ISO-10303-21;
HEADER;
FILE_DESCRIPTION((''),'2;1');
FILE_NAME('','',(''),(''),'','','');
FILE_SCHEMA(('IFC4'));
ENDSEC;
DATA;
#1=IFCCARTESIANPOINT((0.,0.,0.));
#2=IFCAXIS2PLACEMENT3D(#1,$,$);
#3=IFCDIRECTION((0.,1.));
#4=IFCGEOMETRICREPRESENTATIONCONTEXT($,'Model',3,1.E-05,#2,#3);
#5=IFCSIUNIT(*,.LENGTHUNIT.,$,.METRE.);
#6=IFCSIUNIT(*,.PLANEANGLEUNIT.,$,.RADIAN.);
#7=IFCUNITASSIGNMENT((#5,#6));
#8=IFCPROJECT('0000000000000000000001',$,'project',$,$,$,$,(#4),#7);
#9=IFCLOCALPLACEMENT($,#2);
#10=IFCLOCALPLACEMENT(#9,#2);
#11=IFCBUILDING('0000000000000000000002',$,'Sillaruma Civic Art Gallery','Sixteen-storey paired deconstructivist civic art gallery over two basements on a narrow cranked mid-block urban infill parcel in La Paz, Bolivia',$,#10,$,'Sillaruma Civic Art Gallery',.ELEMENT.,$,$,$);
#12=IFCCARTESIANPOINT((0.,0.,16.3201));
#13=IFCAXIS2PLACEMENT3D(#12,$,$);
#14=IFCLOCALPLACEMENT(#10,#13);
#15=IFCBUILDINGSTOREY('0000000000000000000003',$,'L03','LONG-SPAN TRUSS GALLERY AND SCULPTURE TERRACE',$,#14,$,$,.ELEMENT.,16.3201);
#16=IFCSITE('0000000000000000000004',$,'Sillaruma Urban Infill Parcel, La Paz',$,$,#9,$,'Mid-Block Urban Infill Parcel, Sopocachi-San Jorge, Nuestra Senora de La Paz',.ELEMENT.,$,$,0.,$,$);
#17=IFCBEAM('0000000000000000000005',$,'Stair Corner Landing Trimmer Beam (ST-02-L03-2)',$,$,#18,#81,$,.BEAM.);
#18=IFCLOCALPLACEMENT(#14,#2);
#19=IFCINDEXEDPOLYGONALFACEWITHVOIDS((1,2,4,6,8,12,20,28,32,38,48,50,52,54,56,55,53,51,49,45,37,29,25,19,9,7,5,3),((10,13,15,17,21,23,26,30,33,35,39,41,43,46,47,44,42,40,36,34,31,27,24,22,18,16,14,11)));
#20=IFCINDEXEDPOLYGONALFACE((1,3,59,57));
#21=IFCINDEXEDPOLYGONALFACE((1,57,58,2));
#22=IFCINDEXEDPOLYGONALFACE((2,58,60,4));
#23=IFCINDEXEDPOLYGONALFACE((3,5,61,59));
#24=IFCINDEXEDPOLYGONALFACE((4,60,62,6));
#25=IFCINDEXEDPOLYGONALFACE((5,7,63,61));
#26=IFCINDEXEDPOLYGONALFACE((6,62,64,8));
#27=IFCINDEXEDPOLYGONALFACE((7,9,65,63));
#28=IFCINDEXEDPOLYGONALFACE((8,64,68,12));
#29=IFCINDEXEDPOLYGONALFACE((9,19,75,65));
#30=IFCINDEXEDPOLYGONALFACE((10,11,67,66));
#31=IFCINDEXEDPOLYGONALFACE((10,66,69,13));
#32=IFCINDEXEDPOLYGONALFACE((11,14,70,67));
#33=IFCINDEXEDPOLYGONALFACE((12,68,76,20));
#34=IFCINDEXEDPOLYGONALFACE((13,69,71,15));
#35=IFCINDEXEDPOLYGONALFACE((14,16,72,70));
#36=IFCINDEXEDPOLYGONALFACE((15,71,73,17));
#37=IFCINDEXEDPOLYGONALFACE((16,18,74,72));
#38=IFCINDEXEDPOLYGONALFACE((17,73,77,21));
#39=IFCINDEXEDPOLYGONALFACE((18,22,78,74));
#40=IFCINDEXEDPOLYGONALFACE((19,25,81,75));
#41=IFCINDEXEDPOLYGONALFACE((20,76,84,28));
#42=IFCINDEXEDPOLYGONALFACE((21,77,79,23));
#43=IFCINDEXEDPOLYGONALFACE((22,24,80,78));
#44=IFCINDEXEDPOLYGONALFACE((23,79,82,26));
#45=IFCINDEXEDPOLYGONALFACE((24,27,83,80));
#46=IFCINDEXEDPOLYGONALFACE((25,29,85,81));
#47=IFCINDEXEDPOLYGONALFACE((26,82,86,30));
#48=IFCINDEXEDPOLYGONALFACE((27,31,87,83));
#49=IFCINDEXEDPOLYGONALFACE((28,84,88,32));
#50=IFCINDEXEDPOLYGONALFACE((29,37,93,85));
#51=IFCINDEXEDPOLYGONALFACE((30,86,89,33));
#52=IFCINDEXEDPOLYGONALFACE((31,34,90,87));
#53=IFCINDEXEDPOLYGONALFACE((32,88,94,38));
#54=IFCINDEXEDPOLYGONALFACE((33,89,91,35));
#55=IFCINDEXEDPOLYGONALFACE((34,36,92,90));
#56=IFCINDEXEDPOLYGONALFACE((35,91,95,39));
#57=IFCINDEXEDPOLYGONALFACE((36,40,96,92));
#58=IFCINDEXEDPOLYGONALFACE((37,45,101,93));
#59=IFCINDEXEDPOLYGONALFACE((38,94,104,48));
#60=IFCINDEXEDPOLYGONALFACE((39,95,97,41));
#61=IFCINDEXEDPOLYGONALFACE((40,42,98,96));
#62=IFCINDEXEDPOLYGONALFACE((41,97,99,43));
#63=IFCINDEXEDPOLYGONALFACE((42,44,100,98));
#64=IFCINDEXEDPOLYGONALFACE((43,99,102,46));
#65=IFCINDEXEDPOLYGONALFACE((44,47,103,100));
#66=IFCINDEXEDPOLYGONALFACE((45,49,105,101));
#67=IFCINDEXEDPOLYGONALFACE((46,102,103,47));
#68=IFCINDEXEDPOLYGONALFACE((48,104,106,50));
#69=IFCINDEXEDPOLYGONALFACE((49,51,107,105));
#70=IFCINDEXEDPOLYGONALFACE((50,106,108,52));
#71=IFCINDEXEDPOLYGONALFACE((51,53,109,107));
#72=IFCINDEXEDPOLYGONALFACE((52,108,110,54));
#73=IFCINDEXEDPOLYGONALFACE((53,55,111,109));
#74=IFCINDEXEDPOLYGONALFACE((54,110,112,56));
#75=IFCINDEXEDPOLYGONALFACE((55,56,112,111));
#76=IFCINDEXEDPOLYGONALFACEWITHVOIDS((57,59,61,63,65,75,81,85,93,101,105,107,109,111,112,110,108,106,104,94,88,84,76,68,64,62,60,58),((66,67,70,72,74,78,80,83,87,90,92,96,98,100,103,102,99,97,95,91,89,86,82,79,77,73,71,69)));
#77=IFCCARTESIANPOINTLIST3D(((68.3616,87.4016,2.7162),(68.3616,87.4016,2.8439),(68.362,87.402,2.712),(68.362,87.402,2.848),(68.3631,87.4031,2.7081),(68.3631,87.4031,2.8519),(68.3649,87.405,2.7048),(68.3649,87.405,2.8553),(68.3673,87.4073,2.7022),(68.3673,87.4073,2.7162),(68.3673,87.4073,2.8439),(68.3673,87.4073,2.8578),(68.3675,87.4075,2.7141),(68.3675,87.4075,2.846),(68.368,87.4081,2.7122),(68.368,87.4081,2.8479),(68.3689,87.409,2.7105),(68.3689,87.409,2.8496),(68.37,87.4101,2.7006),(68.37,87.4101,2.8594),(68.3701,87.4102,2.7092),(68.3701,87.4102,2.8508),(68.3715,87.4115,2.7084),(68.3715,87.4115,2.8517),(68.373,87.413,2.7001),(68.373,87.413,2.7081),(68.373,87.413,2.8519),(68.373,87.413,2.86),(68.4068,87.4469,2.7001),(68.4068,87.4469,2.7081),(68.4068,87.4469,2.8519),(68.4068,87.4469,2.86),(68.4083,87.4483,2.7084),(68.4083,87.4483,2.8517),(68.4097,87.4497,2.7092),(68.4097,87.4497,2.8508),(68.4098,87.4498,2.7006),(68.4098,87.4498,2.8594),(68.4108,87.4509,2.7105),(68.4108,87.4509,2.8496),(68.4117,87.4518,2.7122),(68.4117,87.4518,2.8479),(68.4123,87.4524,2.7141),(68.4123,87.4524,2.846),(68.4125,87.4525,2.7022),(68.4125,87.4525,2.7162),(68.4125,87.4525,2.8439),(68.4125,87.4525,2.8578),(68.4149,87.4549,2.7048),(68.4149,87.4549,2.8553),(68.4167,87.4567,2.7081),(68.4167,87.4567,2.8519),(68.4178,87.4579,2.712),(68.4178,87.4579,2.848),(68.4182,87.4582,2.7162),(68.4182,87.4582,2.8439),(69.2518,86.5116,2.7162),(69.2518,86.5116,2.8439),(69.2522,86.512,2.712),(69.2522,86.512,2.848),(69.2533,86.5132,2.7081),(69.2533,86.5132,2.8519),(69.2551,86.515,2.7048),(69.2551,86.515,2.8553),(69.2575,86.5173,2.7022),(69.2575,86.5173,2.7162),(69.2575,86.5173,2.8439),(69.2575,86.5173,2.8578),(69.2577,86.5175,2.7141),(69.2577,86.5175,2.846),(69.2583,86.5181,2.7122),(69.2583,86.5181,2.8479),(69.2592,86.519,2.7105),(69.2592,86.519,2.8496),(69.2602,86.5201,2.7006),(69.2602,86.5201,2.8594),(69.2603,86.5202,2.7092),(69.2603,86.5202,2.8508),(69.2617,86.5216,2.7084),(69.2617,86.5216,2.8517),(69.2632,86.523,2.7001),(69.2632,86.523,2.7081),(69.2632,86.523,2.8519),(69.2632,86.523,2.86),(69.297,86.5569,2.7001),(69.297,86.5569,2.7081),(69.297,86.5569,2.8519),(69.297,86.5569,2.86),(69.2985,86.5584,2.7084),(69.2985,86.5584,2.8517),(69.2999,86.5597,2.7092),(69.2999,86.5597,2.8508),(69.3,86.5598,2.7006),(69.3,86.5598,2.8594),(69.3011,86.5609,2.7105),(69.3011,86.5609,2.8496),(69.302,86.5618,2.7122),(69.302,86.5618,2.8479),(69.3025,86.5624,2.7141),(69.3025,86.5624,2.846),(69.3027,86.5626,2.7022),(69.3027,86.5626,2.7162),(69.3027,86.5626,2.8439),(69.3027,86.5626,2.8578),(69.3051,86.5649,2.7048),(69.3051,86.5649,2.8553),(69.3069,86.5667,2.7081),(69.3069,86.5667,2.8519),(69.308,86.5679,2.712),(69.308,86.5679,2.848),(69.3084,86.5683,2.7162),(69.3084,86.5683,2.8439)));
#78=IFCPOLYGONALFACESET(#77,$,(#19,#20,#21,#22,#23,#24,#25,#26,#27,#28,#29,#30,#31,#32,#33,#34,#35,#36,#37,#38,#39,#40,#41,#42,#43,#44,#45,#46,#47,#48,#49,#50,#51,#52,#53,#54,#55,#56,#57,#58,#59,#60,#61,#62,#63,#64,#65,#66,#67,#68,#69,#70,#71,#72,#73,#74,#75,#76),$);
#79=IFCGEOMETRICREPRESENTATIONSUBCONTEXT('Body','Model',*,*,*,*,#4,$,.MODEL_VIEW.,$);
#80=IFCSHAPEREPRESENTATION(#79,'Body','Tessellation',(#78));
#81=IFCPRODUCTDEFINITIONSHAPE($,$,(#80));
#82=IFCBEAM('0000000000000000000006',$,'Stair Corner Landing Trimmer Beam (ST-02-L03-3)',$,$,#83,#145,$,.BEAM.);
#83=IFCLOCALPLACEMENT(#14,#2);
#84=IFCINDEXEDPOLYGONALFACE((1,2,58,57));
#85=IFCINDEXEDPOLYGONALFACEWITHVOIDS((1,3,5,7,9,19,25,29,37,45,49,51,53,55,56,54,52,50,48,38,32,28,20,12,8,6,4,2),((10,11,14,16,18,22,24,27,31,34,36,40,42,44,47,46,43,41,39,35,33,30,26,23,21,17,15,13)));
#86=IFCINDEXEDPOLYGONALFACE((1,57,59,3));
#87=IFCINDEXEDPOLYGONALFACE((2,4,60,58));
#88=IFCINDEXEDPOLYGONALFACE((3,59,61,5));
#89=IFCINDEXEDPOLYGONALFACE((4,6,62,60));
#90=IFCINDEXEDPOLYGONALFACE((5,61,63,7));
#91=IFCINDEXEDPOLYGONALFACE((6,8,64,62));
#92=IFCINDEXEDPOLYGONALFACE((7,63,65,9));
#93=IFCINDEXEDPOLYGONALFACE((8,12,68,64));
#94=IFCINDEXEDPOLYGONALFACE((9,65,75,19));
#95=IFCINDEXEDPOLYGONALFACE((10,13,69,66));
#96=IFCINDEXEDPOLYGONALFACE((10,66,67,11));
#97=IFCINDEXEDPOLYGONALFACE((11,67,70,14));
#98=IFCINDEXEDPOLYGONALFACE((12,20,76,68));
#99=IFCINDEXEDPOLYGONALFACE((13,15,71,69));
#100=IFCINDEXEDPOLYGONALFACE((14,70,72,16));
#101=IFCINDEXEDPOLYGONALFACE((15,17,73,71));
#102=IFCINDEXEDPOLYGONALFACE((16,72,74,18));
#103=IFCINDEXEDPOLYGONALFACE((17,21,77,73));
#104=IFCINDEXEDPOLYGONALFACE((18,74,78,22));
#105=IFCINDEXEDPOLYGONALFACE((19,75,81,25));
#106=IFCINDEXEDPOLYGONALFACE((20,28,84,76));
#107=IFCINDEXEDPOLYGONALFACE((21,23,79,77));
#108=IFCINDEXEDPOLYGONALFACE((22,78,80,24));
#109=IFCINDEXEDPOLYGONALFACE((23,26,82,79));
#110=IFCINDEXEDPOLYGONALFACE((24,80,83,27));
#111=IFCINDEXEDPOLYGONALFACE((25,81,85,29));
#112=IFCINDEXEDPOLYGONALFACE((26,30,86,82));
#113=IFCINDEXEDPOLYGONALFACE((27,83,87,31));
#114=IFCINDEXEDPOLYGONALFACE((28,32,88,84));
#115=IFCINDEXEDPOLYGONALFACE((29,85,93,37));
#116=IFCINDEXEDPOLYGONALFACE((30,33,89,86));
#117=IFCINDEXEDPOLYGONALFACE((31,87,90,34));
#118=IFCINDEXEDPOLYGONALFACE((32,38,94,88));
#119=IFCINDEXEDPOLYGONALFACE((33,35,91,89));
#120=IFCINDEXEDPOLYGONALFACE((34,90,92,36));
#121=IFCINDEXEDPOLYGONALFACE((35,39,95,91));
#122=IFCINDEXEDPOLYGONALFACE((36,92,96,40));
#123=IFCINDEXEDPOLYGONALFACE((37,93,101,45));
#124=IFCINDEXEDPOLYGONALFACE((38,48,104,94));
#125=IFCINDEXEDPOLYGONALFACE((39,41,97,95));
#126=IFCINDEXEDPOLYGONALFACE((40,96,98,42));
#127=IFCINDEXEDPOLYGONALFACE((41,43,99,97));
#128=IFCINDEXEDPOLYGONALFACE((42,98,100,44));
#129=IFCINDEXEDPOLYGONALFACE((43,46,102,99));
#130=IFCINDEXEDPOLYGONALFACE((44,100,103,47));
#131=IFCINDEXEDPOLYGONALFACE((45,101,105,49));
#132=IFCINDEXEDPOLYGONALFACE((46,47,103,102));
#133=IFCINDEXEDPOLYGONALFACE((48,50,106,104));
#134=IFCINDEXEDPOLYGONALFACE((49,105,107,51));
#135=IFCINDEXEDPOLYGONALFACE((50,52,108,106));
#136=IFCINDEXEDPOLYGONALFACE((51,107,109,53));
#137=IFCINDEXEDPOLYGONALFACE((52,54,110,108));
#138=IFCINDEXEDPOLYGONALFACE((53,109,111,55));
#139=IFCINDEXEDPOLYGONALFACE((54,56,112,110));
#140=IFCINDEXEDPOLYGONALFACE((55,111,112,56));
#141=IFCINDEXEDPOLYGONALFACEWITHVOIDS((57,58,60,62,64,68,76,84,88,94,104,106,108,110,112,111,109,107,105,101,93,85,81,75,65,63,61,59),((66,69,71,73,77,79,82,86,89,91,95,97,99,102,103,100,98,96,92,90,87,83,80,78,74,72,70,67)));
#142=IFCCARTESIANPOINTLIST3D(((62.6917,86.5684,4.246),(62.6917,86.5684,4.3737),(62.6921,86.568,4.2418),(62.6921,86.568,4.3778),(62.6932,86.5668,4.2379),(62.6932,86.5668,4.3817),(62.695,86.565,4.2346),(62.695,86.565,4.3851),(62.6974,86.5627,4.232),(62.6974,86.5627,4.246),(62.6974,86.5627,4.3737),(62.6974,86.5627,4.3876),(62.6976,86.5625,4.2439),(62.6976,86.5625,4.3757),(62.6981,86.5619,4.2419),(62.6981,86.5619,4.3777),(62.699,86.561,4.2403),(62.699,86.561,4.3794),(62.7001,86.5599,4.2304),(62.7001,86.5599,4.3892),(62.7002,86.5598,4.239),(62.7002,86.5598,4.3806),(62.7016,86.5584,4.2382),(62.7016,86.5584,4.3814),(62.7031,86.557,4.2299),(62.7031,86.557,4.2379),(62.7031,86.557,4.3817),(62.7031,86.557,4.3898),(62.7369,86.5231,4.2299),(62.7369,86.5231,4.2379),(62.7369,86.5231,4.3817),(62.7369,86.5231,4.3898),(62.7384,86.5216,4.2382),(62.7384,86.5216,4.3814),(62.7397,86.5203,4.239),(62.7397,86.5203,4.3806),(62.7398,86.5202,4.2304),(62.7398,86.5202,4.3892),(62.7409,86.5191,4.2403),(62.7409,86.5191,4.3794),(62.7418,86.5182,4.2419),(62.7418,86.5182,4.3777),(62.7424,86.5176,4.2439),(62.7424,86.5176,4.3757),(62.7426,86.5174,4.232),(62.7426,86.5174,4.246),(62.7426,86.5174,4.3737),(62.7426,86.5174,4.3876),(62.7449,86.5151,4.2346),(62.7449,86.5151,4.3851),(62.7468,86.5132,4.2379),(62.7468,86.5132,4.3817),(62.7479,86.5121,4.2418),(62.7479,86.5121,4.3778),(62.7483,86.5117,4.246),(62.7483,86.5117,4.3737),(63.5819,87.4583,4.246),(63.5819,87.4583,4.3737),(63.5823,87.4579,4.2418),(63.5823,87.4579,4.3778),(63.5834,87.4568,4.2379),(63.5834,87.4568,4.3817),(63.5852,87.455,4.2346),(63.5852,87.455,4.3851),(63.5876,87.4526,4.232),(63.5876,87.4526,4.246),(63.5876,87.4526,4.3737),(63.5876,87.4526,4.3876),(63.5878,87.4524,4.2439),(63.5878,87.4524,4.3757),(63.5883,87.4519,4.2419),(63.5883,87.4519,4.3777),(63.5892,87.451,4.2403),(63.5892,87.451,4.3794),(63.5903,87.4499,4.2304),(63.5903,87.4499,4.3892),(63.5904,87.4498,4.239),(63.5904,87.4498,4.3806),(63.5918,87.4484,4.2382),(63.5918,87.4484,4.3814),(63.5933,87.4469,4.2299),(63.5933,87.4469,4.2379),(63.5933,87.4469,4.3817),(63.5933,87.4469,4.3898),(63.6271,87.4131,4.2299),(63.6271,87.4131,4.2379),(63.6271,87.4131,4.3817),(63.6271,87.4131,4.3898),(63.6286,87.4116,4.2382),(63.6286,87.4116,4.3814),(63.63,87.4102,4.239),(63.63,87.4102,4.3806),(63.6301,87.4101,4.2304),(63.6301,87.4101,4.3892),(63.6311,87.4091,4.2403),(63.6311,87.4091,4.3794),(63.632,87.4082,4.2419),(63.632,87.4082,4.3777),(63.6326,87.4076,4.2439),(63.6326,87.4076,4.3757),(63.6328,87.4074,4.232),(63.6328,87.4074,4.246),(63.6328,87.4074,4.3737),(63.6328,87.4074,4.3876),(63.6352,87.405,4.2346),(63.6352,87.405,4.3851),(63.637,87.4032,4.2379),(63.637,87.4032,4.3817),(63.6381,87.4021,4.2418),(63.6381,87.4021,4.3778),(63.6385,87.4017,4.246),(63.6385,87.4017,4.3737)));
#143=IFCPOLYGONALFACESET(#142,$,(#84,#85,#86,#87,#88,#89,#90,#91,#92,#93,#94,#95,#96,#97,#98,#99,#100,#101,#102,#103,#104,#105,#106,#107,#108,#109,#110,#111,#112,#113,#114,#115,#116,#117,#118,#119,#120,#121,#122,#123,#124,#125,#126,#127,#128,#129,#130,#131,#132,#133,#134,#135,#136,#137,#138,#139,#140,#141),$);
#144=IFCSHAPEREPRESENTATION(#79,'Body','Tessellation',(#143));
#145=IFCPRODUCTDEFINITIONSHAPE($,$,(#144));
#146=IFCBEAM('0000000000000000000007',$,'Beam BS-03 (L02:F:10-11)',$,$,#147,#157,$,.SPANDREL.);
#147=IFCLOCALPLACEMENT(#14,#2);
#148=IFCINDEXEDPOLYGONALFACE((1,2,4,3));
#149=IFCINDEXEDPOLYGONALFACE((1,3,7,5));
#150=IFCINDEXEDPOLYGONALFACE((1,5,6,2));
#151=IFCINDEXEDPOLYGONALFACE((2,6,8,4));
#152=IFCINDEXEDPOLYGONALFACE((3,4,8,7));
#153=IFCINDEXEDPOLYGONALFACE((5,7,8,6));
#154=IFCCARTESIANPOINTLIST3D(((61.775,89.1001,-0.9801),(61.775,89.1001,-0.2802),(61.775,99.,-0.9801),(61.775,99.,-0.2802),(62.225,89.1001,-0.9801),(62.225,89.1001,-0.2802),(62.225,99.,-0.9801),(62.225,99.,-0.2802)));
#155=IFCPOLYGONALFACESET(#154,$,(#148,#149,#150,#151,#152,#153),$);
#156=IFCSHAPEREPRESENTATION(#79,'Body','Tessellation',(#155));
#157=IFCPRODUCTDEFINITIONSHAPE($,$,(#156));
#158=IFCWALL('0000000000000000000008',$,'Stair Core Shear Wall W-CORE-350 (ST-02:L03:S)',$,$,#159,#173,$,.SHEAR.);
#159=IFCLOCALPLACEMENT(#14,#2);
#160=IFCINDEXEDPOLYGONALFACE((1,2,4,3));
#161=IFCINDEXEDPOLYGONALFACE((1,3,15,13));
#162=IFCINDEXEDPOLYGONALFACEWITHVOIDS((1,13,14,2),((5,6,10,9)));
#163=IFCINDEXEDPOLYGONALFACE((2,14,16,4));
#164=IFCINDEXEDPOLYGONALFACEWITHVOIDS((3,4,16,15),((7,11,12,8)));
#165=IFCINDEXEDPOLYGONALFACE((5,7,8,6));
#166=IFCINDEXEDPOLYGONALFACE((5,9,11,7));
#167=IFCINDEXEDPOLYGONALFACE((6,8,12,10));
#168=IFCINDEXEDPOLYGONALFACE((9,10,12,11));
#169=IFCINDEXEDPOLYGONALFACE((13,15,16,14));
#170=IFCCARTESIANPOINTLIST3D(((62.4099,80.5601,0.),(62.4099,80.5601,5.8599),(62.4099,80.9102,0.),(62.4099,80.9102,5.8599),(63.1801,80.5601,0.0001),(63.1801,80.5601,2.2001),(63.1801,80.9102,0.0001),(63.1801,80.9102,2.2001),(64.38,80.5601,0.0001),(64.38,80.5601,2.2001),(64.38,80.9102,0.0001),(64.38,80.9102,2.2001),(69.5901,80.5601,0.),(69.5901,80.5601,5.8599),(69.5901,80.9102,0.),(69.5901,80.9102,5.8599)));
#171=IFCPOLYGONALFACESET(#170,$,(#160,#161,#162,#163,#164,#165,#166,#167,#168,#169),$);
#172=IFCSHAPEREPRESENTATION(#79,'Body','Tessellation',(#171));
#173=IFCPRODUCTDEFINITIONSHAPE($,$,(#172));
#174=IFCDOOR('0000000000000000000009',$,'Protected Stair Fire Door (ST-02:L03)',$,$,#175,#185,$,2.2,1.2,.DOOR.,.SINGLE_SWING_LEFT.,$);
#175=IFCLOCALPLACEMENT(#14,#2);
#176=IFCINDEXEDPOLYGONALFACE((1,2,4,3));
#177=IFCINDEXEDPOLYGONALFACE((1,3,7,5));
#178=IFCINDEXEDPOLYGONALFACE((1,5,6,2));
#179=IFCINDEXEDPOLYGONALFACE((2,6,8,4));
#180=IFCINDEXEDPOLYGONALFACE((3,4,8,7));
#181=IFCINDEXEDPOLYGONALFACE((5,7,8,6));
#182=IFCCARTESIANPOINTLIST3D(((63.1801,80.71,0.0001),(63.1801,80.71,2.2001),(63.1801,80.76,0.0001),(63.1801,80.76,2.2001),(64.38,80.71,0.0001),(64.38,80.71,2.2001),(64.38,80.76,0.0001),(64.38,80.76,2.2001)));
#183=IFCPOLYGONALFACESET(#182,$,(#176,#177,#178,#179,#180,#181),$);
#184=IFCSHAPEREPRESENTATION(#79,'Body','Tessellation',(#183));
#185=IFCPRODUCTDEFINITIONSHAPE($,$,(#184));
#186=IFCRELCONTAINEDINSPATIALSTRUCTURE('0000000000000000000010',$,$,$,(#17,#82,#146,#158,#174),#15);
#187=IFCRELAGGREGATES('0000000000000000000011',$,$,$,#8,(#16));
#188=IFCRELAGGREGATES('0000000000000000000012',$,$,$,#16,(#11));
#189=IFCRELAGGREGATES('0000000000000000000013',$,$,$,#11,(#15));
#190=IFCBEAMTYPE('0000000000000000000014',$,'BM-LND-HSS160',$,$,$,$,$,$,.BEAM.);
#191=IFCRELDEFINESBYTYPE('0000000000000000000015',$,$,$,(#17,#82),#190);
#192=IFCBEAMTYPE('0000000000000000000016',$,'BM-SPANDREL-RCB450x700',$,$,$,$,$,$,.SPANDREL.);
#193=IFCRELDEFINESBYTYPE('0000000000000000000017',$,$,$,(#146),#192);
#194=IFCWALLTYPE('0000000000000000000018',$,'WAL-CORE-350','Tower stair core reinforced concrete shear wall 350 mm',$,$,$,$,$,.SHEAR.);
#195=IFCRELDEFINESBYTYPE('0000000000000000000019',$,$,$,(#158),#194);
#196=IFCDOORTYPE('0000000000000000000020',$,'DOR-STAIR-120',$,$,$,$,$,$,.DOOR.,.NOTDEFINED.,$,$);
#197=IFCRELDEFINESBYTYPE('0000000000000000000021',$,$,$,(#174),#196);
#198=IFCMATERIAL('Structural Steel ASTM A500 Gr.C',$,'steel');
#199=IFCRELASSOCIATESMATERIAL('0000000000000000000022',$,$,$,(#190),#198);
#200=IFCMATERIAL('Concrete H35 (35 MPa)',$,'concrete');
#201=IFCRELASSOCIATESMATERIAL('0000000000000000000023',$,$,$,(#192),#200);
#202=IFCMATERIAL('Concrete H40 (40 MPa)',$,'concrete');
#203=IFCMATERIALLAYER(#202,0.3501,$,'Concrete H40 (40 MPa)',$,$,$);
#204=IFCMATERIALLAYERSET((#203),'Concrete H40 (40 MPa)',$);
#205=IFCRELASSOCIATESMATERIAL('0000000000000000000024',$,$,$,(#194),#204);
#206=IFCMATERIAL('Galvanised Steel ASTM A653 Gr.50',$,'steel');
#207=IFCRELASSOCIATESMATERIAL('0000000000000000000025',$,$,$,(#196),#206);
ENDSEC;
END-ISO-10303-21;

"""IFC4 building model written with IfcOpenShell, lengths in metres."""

from ifc_helpers import new_model, si_unit, direction, frame, frame_2d, origin, origin_2d, place, context, subcontext, project, spatial, rectangle, hollow_rectangle, extrude, material, layer, layer_set, material_profile, profile_set, type_object, element, fill, save


model = new_model("IFC4")

# Units and contexts
model_context = context("Model", 3, precision=1e-05, world=origin(), true_north=direction((0.0, 1.0)))
body_context = subcontext(model_context, "Body", "Model", "MODEL_VIEW")
ifc_project = project(units=[si_unit("LENGTHUNIT", "METRE"), si_unit("PLANEANGLEUNIT", "RADIAN")], contexts=[model_context])

# Site, building, storey
site_placement = place(None, origin())
site = spatial("IfcSite", under=ifc_project, at=site_placement, Name="Sillaruma Urban Infill Parcel, La Paz", LongName="Mid-Block Urban Infill Parcel, Sopocachi-San Jorge, Nuestra Senora de La Paz", CompositionType="ELEMENT", RefElevation=0.0)
building_placement = place(site_placement, origin())
building = spatial("IfcBuilding", under=site, at=building_placement, Name="Sillaruma Civic Art Gallery", Description="Sixteen-storey paired deconstructivist civic art gallery over two basements on a narrow cranked mid-block urban infill parcel in La Paz, Bolivia", LongName="Sillaruma Civic Art Gallery", CompositionType="ELEMENT")
storey_placement = place(building_placement, frame((0.0, 0.0, 16.3201)))
storey = spatial("IfcBuildingStorey", under=building, at=storey_placement, Name="L03", Description="LONG-SPAN TRUSS GALLERY AND SCULPTURE TERRACE", CompositionType="ELEMENT", Elevation=16.3201)

# Shared definitions
ifc_material_1 = material(Name="Concrete H40 (40 MPa)", Category="concrete")

# Beams
ifc_material_2 = material(Name="Concrete H35 (35 MPa)", Category="concrete")
ifc_material_3 = material(Name="Structural Steel ASTM A500 Gr.C", Category="steel")
ifc_material_profile_1 = material_profile(ifc_material_3, hollow_rectangle(XDim=0.0801, YDim=0.1599, WallThickness=0.0081, InnerFilletRadius=0.0081, OuterFilletRadius=0.0161, at=origin_2d()), Name="HSS160x80x8")
ifc_profile_set_1 = profile_set([ifc_material_profile_1], Name="Structural Steel ASTM A500 Gr.C")
beam_type_1 = type_object("IfcBeamType", Name="BM-LND-HSS160", PredefinedType="BEAM", material=ifc_profile_set_1)
for number, where, z_axis, x_axis, name in (
    (1, (68.3899, 87.4299, 2.78), (0.707204, -0.70701, 0.0), (0.70701, 0.707204, 0.0), "Stair Corner Landing Trimmer Beam (ST-02-L03-2)"),
    (2, (62.72, 86.54, 4.3098), (0.707204, 0.70701, 0.0), (-0.70701, 0.707204, 0.0), "Stair Corner Landing Trimmer Beam (ST-02-L03-3)"),
):
    element("IfcBeam", number, at=place(storey_placement, frame(where, z_axis=z_axis, x_axis=x_axis)), inside=storey, type_object=beam_type_1, Name=name, PredefinedType="BEAM", context=body_context, shape_type="SweptSolid", body=[
        extrude(hollow_rectangle(XDim=0.0801, YDim=0.1599, WallThickness=0.0081, InnerFilletRadius=0.0081, OuterFilletRadius=0.0161, at=origin_2d()), origin(), (0.0, 0.0, 1.0), 1.2588),
    ])
ifc_material_profile_2 = material_profile(ifc_material_2, rectangle(XDim=0.45, YDim=0.7, at=origin_2d()), Name="RCB450x700")
ifc_profile_set_2 = profile_set([ifc_material_profile_2], Name="Concrete H35 (35 MPa)")
beam_type_2 = type_object("IfcBeamType", Name="BM-SPANDREL-RCB450x700", PredefinedType="SPANDREL", material=ifc_profile_set_2)
beam_1_placement = place(storey_placement, frame((62.0, 89.1001, -0.6301), z_axis=(0.0, 1.0, 0.0), x_axis=(-1.0, 0.0, 0.0)))
element("IfcBeam", 3, at=beam_1_placement, inside=storey, type_object=beam_type_2, Name="Beam BS-03 (L02:F:10-11)", PredefinedType="SPANDREL", context=body_context, shape_type="SweptSolid", body=[
    extrude(rectangle(XDim=0.45, YDim=0.7, at=origin_2d()), origin(), (0.0, 0.0, 1.0), 9.8999),
])

# Wall, opening, door
ifc_layer_1 = layer(ifc_material_1, 0.3501, Name="Concrete H40 (40 MPa)")
ifc_layer_set_1 = layer_set([ifc_layer_1], Name="Concrete H40 (40 MPa)")
wall_type_1 = type_object("IfcWallType", Name="WAL-CORE-350", Description="Tower stair core reinforced concrete shear wall 350 mm", PredefinedType="SHEAR", material=ifc_layer_set_1)
wall_1_placement = place(storey_placement, frame((62.4099, 80.7351, 0.0), z_axis=(0.0, 0.0, 1.0), x_axis=(1.0, 0.0, 0.0)))
wall_1 = element("IfcWall", 4, at=wall_1_placement, inside=storey, type_object=wall_type_1, Name="Stair Core Shear Wall W-CORE-350 (ST-02:L03:S)", PredefinedType="SHEAR", context=body_context, shape_type="SweptSolid", body=[
    extrude(rectangle(XDim=7.1802, YDim=0.3501, at=frame_2d((3.5901, 0.0))), origin(), (0.0, 0.0, 1.0), 5.8599),
])
opening_1_placement = place(wall_1_placement, frame((0.77, 0.0, 0.0)))
opening_1 = element("IfcOpeningElement", 5, at=opening_1_placement, cuts=wall_1, PredefinedType="OPENING", context=body_context, shape_type="SweptSolid", body=[
    extrude(rectangle(XDim=1.2, YDim=2.2, at=frame_2d((0.6001, 1.1001))), frame((0.0, 0.1851, 0.0), z_axis=(0.0, -1.0, 0.0), x_axis=(1.0, 0.0, 0.0)), (0.0, 0.0, 1.0), 0.3701),
])
ifc_material_4 = material(Name="Galvanised Steel ASTM A653 Gr.50", Category="steel")
door_type = type_object("IfcDoorType", Name="DOR-STAIR-120", OperationType="NOTDEFINED", PredefinedType="DOOR", material=ifc_material_4)
door_placement = place(opening_1_placement, origin())
door = element("IfcDoor", 6, at=door_placement, inside=storey, type_object=door_type, Name="Protected Stair Fire Door (ST-02:L03)", OperationType="SINGLE_SWING_LEFT", OverallHeight=2.2, OverallWidth=1.2, PredefinedType="DOOR", context=body_context, shape_type="SweptSolid", body=[
    extrude(rectangle(XDim=1.2, YDim=2.2, at=frame_2d((0.6001, 1.1001))), frame((0.0, 0.0249, 0.0), z_axis=(0.0, -1.0, 0.0), x_axis=(1.0, 0.0, 0.0)), (0.0, 0.0, 1.0), 0.05),
])
fill(opening_1, door)

save(model, "model.ifc")
